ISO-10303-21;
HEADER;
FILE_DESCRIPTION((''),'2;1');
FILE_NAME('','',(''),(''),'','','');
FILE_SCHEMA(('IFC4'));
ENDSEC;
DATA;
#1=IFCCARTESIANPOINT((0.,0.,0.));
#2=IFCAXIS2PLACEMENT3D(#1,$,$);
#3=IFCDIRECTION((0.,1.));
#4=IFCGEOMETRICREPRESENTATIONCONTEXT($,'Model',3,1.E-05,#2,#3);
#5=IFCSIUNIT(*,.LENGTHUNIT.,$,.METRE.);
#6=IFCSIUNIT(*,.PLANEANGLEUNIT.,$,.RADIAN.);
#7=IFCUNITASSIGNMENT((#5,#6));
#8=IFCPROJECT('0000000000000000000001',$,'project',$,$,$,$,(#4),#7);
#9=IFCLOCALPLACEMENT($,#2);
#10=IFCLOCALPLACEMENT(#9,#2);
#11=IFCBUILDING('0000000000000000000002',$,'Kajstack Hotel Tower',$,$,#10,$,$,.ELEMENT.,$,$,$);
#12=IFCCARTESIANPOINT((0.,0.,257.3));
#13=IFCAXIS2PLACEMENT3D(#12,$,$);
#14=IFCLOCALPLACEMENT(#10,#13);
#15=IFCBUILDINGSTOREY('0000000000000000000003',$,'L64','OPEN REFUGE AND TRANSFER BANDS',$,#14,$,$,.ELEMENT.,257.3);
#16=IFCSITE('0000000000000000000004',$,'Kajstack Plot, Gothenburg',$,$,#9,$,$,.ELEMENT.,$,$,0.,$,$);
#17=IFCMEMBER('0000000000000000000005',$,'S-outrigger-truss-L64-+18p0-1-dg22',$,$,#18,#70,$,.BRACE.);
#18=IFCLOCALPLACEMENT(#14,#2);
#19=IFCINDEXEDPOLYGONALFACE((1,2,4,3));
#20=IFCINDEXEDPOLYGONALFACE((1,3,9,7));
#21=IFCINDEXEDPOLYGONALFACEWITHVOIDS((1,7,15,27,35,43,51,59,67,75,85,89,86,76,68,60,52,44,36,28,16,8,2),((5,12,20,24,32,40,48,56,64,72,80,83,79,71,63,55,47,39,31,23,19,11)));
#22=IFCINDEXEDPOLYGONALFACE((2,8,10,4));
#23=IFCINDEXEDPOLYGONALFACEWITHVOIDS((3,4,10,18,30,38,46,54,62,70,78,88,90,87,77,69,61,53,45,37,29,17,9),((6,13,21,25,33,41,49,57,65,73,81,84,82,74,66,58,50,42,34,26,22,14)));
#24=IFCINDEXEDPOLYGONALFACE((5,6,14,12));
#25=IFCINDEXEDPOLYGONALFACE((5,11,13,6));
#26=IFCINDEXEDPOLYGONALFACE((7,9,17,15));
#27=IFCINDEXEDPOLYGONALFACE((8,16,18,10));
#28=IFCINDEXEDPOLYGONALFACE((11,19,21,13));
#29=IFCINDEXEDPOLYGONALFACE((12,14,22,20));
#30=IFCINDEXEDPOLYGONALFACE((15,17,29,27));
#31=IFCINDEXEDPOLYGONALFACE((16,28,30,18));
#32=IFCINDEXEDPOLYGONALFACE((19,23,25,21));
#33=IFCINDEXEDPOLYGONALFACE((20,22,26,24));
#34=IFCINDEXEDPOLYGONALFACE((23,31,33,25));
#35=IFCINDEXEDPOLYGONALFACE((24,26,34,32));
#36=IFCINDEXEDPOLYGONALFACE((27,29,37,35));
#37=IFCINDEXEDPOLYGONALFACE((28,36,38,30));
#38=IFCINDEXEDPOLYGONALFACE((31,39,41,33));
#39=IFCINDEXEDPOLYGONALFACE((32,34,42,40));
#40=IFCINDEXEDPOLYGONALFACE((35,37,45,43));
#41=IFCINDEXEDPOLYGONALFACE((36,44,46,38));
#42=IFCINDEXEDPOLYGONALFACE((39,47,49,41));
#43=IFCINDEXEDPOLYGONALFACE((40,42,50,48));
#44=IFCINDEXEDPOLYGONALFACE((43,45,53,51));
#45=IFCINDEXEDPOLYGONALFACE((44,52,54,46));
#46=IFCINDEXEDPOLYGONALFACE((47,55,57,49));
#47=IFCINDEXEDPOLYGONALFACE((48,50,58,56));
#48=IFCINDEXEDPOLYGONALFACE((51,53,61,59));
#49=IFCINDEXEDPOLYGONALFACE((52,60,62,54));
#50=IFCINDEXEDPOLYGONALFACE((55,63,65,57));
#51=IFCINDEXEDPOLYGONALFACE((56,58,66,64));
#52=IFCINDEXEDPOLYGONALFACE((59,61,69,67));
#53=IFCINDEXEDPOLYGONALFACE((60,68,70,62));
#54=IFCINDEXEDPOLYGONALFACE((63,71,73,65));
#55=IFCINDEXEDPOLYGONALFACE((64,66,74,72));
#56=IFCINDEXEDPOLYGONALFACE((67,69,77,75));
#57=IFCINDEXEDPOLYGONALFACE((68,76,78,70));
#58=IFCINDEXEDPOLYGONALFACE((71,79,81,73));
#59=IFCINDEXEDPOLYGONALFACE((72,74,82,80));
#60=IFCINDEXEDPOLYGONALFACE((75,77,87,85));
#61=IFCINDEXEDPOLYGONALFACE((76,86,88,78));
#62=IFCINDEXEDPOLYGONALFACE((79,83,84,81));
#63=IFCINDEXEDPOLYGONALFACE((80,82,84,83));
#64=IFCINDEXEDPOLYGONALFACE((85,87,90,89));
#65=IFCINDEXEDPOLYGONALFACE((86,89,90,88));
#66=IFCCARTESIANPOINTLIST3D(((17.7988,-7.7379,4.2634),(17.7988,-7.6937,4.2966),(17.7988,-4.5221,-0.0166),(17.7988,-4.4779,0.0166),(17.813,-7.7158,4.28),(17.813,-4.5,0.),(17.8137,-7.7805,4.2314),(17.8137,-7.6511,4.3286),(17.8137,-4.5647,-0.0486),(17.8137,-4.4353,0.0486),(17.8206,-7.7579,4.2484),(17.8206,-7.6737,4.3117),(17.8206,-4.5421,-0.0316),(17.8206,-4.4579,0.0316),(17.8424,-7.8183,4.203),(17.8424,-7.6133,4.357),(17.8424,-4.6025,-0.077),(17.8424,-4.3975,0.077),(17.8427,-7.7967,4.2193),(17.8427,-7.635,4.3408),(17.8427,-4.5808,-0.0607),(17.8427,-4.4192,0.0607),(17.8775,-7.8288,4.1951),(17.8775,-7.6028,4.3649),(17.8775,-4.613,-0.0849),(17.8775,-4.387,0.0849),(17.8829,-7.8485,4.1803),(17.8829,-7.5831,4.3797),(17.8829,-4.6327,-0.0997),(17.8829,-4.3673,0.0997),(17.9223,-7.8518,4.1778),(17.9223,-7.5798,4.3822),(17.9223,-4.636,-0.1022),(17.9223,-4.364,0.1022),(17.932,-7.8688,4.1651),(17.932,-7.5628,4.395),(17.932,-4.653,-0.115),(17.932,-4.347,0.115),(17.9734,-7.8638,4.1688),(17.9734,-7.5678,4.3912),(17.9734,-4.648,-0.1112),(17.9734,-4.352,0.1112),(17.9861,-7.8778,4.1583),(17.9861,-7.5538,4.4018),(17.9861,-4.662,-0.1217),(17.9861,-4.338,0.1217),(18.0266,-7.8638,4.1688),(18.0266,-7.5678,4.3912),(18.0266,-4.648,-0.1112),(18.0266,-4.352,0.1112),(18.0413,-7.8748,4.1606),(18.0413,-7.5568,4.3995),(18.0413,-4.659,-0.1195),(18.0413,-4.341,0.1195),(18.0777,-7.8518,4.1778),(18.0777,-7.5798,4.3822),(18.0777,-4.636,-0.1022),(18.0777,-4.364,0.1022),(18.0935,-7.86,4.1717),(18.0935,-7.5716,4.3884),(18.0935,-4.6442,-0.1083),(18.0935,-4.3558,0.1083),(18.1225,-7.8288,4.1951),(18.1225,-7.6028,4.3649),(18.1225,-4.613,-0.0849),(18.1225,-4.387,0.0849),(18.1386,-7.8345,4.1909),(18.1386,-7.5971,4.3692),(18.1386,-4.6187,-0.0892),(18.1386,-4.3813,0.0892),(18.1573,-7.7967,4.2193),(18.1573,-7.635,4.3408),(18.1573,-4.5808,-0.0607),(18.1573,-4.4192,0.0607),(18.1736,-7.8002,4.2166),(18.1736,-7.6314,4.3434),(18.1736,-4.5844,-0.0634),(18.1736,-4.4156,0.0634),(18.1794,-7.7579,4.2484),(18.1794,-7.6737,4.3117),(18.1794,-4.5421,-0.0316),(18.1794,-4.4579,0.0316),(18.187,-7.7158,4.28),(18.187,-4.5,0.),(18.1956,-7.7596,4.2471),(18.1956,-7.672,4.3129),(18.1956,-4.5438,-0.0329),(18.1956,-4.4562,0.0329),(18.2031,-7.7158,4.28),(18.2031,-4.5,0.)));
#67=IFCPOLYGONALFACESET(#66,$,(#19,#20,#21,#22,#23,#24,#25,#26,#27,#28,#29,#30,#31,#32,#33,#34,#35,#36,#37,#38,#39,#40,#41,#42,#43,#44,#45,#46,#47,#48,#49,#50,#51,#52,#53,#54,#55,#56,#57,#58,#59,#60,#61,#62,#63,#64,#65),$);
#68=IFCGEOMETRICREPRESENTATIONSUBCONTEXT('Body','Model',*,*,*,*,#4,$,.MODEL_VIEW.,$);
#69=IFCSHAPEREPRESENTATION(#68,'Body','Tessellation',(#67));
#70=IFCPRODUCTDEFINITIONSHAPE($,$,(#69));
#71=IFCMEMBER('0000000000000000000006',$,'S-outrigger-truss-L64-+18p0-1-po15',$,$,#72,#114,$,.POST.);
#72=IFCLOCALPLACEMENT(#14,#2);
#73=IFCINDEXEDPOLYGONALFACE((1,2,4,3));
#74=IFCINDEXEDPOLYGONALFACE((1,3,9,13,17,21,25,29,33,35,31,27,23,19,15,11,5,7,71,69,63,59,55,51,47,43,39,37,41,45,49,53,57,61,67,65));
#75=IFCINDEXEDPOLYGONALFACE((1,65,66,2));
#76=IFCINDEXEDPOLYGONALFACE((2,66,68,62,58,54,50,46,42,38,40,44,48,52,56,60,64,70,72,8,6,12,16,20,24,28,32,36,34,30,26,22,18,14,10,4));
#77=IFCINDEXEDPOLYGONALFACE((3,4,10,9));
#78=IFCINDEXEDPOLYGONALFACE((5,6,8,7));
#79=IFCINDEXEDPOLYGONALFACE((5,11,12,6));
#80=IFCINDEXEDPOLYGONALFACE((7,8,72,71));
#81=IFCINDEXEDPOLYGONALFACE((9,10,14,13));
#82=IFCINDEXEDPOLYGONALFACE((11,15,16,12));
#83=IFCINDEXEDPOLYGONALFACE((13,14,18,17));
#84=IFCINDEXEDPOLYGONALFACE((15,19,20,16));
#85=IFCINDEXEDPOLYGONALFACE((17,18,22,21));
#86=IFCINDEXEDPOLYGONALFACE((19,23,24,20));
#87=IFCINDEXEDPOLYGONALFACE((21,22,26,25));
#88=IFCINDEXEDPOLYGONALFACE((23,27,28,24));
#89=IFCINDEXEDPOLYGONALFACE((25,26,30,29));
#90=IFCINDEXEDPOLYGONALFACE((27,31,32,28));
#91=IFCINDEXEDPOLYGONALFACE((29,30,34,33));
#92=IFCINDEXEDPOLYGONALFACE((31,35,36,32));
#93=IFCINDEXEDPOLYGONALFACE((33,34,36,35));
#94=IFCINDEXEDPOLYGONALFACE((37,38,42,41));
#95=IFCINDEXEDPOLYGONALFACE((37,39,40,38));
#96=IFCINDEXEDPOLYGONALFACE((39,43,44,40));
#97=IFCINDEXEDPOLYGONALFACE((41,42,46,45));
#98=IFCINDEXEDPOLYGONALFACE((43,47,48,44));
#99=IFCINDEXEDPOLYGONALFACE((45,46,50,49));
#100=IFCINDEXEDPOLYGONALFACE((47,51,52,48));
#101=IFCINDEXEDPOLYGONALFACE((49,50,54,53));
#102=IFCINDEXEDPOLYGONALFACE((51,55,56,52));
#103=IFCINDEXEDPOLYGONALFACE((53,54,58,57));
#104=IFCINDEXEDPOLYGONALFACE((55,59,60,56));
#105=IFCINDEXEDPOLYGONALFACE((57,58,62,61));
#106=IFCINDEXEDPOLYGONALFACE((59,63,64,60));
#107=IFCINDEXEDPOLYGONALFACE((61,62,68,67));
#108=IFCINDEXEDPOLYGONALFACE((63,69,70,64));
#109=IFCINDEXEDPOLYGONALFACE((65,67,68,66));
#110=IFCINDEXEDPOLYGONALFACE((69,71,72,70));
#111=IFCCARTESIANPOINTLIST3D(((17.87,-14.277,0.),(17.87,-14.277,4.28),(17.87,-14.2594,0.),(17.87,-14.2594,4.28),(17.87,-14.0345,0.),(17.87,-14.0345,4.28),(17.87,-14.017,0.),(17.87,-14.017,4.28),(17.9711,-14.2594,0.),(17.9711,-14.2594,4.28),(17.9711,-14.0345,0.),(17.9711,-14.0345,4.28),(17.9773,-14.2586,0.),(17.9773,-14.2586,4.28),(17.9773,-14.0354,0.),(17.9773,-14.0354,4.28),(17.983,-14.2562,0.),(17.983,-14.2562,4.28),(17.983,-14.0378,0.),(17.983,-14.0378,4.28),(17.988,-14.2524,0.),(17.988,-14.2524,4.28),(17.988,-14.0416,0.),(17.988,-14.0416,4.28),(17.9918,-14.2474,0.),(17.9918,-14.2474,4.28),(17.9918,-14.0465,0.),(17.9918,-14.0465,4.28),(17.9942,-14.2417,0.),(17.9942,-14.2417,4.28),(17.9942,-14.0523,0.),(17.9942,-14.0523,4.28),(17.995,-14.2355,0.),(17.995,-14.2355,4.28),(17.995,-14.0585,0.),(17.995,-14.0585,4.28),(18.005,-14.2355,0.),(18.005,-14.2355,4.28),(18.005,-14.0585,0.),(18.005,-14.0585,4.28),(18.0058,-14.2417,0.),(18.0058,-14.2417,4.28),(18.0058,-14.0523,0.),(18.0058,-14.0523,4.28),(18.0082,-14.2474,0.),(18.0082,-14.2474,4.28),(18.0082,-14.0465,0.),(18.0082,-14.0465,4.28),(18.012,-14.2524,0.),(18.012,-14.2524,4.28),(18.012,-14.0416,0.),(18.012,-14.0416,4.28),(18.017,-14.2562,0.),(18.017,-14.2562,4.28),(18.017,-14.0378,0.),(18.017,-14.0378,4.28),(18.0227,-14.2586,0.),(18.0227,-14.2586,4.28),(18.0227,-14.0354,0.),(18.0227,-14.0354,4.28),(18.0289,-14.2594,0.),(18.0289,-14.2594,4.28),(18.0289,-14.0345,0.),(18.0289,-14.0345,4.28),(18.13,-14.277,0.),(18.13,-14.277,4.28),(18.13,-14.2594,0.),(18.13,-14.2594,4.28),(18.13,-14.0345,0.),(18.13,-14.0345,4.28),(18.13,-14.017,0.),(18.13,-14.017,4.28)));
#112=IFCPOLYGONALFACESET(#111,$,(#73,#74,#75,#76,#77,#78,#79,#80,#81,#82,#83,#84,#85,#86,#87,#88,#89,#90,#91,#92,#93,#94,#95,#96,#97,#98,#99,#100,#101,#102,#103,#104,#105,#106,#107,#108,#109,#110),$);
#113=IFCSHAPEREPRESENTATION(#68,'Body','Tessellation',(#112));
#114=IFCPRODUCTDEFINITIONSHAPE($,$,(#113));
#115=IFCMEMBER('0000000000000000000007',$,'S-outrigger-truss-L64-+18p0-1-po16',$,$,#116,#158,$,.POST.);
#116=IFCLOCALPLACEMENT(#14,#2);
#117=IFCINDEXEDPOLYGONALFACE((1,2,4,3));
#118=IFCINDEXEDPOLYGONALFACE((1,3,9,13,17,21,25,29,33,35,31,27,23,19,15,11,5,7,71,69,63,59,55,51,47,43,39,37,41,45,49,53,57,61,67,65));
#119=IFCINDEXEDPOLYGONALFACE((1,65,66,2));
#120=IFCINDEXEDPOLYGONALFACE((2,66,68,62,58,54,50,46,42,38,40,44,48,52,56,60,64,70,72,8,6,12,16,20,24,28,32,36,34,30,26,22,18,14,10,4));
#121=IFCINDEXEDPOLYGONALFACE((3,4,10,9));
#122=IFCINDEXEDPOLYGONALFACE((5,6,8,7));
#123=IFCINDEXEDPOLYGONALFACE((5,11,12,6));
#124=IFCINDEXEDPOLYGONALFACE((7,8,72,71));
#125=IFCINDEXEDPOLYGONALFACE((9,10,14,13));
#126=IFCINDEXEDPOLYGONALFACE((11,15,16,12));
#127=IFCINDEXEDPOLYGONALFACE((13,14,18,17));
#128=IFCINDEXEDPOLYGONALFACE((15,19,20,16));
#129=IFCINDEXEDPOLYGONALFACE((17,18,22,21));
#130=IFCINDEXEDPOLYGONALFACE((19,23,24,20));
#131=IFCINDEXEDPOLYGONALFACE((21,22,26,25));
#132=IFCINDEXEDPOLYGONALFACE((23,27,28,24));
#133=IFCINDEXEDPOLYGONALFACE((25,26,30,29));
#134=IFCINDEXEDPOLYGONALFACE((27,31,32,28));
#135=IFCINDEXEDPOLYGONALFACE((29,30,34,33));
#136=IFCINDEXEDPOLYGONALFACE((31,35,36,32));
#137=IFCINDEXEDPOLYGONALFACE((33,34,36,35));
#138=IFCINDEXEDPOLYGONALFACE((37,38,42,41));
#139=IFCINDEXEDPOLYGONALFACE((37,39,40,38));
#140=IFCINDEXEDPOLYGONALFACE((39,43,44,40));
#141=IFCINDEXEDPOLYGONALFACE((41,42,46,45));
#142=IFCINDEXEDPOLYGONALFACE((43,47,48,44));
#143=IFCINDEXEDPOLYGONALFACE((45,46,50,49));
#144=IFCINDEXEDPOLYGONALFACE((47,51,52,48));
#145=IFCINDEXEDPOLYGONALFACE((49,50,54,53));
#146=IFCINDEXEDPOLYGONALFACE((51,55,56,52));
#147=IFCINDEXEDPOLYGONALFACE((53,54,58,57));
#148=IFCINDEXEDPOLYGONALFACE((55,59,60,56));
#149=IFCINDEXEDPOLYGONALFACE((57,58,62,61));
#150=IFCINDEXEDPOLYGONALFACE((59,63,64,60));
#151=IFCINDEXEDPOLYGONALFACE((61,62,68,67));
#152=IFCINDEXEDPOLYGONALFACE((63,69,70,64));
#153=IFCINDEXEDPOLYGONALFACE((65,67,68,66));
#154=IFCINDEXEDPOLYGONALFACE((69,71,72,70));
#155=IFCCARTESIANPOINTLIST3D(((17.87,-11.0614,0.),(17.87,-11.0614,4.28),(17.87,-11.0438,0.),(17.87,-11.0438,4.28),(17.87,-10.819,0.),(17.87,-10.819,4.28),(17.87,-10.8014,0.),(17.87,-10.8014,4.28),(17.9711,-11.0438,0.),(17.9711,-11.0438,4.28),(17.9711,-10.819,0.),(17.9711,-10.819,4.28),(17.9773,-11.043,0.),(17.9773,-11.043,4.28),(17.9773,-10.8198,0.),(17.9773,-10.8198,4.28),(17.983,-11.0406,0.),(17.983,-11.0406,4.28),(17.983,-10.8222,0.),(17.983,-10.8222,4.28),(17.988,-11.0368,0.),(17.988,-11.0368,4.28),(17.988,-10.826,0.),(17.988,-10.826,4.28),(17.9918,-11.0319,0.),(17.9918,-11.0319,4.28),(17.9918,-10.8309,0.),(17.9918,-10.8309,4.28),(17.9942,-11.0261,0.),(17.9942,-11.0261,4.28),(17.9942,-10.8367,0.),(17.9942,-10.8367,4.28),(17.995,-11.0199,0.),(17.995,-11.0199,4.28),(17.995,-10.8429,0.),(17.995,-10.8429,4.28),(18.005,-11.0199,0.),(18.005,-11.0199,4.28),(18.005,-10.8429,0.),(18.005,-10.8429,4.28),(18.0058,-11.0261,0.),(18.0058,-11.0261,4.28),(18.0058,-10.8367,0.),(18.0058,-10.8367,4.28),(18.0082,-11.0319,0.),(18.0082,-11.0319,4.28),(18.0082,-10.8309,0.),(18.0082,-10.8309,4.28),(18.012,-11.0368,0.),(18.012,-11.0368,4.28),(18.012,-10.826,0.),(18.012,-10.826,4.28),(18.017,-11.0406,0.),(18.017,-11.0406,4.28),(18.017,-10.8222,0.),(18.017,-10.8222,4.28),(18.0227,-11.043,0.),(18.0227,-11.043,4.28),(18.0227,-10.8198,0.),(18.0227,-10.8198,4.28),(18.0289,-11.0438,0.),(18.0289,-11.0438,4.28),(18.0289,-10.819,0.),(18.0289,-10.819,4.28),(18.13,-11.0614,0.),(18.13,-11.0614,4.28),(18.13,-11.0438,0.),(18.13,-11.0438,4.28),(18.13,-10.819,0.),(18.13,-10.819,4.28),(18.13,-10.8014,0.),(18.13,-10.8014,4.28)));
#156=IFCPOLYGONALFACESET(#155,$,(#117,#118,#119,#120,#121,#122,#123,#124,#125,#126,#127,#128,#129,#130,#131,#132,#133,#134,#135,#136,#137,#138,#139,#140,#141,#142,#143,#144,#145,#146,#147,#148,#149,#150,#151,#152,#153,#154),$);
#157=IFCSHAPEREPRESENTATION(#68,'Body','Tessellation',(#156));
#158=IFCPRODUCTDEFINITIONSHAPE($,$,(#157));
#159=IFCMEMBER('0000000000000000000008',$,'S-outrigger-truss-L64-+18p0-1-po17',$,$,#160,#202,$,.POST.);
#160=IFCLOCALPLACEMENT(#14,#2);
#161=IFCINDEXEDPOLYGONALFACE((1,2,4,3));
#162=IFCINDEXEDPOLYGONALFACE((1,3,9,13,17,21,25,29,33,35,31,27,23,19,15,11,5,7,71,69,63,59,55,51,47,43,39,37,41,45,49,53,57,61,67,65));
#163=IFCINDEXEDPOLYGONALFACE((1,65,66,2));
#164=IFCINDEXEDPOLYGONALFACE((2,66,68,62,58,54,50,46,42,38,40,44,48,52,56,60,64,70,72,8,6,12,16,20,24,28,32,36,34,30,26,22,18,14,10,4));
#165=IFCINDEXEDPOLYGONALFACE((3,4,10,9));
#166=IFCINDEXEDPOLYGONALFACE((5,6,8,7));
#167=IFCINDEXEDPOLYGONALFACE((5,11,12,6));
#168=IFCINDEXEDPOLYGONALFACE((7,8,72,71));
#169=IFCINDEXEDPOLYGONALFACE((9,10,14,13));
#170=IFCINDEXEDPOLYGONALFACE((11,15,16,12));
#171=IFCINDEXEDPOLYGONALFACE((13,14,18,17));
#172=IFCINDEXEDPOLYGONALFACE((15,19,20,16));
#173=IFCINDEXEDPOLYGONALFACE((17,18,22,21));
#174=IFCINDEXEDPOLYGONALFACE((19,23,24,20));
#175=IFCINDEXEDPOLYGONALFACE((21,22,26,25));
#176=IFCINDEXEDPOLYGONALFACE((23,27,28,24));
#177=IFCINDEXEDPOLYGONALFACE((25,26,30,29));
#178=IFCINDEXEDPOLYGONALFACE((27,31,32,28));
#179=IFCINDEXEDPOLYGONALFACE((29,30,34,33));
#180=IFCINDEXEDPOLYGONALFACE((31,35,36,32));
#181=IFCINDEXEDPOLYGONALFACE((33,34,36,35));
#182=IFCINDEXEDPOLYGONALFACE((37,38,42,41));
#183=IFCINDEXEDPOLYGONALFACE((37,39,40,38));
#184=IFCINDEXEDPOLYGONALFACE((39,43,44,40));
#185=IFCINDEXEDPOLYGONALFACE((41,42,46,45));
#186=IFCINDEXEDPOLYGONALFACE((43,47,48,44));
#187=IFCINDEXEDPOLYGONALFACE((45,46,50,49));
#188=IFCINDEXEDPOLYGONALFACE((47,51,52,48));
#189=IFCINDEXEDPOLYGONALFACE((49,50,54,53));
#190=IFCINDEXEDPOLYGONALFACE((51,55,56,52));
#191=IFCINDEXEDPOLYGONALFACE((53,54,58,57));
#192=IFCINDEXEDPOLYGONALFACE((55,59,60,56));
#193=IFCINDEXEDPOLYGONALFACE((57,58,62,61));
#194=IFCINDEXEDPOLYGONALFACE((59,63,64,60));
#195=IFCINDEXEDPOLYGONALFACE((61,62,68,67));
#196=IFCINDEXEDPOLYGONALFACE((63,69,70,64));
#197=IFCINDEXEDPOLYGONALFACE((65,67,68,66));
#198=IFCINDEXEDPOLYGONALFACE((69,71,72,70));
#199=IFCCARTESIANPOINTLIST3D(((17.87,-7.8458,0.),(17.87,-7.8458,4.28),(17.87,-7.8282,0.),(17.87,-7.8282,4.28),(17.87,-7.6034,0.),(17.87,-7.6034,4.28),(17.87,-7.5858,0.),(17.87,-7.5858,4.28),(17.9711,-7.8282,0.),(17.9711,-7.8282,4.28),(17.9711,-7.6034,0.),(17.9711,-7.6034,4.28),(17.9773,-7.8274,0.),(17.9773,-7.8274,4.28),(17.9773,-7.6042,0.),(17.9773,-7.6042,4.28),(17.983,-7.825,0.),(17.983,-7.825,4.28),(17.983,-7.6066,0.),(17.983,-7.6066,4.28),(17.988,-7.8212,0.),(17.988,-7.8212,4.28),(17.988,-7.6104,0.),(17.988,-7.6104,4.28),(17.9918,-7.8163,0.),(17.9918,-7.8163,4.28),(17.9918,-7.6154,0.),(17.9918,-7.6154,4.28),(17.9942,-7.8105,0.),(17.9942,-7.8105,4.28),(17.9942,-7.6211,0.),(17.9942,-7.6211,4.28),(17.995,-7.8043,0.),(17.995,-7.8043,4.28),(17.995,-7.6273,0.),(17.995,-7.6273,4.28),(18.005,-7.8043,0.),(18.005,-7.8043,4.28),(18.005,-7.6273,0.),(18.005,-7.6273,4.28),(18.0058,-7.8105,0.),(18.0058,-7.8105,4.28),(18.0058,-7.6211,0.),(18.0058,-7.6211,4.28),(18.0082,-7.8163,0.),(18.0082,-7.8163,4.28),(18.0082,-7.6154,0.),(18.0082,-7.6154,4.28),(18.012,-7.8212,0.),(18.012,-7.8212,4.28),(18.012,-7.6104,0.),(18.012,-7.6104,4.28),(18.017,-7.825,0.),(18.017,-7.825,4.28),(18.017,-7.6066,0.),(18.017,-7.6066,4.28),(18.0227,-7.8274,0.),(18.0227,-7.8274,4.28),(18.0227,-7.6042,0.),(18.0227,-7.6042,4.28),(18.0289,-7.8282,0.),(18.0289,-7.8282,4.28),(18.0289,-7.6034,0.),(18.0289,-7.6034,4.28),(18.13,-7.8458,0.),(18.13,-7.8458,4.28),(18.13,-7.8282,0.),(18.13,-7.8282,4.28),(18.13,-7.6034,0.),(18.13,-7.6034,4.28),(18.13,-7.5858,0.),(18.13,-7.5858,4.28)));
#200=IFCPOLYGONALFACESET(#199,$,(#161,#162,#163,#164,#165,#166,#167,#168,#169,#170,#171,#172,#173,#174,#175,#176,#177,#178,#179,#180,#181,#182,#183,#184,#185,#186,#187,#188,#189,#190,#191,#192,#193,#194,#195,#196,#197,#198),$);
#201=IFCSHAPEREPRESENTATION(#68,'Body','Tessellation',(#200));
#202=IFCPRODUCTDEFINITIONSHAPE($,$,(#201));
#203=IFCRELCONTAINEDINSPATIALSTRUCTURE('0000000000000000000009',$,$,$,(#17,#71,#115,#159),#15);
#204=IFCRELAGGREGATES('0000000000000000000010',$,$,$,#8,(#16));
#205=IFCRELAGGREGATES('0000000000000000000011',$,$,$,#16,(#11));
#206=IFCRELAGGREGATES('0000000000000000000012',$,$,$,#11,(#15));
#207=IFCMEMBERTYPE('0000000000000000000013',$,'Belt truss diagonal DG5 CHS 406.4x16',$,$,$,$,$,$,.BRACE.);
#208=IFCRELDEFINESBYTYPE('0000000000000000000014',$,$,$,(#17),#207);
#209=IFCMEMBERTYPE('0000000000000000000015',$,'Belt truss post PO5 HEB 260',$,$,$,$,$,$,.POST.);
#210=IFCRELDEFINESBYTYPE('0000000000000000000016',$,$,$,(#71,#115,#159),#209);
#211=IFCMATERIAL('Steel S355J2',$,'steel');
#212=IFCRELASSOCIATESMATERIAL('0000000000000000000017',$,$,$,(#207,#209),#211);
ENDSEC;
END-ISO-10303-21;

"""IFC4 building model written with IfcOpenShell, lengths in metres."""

from ifc_helpers import new_model, si_unit, direction, frame, origin, origin_2d, place, context, subcontext, project, spatial, hollow_circle, i_section, extrude, material, material_profile, profile_set, type_object, element, save


model = new_model("IFC4")

# Units and contexts
model_context = context("Model", 3, precision=1e-05, world=origin(), true_north=direction((0.0, 1.0)))
body_context = subcontext(model_context, "Body", "Model", "MODEL_VIEW")
ifc_project = project(units=[si_unit("LENGTHUNIT", "METRE"), si_unit("PLANEANGLEUNIT", "RADIAN")], contexts=[model_context])

# Site, building, storey
site_placement = place(None, origin())
site = spatial("IfcSite", under=ifc_project, at=site_placement, Name="Kajstack Plot, Gothenburg", CompositionType="ELEMENT", RefElevation=0.0)
building_placement = place(site_placement, origin())
building = spatial("IfcBuilding", under=site, at=building_placement, Name="Kajstack Hotel Tower", CompositionType="ELEMENT")
storey_placement = place(building_placement, frame((0.0, 0.0, 257.3)))
storey = spatial("IfcBuildingStorey", under=building, at=storey_placement, Name="L64", Description="OPEN REFUGE AND TRANSFER BANDS", CompositionType="ELEMENT", Elevation=257.3)

# Members
ifc_material = material(Name="Steel S355J2", Category="steel")
ifc_material_profile_1 = material_profile(ifc_material, hollow_circle(Radius=0.2031, WallThickness=0.0161, at=origin_2d()), Name="CHS 406.4x16")
ifc_profile_set_1 = profile_set([ifc_material_profile_1], Name="Steel S355J2")
member_type_1 = type_object("IfcMemberType", Name="Belt truss diagonal DG5 CHS 406.4x16", PredefinedType="BRACE", material=ifc_profile_set_1)
member_1_placement = place(storey_placement, frame((18.0, -4.5, 0.0), z_axis=(0.0, -0.600693, 0.79948), x_axis=(1.0, 0.0, 0.0)))
element("IfcMember", 1, at=member_1_placement, inside=storey, type_object=member_type_1, Name="S-outrigger-truss-L64-+18p0-1-dg22", PredefinedType="BRACE", context=body_context, shape_type="SweptSolid", body=[
    extrude(hollow_circle(Radius=0.2031, WallThickness=0.0161, at=origin_2d()), origin(), (0.0, 0.0, 1.0), 5.3535),
])
ifc_material_profile_2 = material_profile(ifc_material, i_section(OverallWidth=0.26, OverallDepth=0.26, WebThickness=0.01, FlangeThickness=0.0176, FilletRadius=0.0239, at=origin_2d()), Name="HEB 260")
ifc_profile_set_2 = profile_set([ifc_material_profile_2], Name="Steel S355J2")
member_type_2 = type_object("IfcMemberType", Name="Belt truss post PO5 HEB 260", PredefinedType="POST", material=ifc_profile_set_2)
for number, where, z_axis, x_axis, name in (
    (2, (18.0, -14.147, 0.0), (0.0, 0.0, 1.0), (1.0, 0.0, 0.0), "S-outrigger-truss-L64-+18p0-1-po15"),
    (3, (18.0, -10.9314, 0.0), (0.0, 0.0, 1.0), (1.0, 0.0, 0.0), "S-outrigger-truss-L64-+18p0-1-po16"),
    (4, (18.0, -7.7158, 0.0), (0.0, 0.0, 1.0), (1.0, 0.0, 0.0), "S-outrigger-truss-L64-+18p0-1-po17"),
):
    element("IfcMember", number, at=place(storey_placement, frame(where, z_axis=z_axis, x_axis=x_axis)), inside=storey, type_object=member_type_2, Name=name, PredefinedType="POST", context=body_context, shape_type="SweptSolid", body=[
        extrude(i_section(OverallWidth=0.26, OverallDepth=0.26, WebThickness=0.01, FlangeThickness=0.0176, FilletRadius=0.0239, at=origin_2d()), origin(), (0.0, 0.0, 1.0), 4.28),
    ])

save(model, "model.ifc")
